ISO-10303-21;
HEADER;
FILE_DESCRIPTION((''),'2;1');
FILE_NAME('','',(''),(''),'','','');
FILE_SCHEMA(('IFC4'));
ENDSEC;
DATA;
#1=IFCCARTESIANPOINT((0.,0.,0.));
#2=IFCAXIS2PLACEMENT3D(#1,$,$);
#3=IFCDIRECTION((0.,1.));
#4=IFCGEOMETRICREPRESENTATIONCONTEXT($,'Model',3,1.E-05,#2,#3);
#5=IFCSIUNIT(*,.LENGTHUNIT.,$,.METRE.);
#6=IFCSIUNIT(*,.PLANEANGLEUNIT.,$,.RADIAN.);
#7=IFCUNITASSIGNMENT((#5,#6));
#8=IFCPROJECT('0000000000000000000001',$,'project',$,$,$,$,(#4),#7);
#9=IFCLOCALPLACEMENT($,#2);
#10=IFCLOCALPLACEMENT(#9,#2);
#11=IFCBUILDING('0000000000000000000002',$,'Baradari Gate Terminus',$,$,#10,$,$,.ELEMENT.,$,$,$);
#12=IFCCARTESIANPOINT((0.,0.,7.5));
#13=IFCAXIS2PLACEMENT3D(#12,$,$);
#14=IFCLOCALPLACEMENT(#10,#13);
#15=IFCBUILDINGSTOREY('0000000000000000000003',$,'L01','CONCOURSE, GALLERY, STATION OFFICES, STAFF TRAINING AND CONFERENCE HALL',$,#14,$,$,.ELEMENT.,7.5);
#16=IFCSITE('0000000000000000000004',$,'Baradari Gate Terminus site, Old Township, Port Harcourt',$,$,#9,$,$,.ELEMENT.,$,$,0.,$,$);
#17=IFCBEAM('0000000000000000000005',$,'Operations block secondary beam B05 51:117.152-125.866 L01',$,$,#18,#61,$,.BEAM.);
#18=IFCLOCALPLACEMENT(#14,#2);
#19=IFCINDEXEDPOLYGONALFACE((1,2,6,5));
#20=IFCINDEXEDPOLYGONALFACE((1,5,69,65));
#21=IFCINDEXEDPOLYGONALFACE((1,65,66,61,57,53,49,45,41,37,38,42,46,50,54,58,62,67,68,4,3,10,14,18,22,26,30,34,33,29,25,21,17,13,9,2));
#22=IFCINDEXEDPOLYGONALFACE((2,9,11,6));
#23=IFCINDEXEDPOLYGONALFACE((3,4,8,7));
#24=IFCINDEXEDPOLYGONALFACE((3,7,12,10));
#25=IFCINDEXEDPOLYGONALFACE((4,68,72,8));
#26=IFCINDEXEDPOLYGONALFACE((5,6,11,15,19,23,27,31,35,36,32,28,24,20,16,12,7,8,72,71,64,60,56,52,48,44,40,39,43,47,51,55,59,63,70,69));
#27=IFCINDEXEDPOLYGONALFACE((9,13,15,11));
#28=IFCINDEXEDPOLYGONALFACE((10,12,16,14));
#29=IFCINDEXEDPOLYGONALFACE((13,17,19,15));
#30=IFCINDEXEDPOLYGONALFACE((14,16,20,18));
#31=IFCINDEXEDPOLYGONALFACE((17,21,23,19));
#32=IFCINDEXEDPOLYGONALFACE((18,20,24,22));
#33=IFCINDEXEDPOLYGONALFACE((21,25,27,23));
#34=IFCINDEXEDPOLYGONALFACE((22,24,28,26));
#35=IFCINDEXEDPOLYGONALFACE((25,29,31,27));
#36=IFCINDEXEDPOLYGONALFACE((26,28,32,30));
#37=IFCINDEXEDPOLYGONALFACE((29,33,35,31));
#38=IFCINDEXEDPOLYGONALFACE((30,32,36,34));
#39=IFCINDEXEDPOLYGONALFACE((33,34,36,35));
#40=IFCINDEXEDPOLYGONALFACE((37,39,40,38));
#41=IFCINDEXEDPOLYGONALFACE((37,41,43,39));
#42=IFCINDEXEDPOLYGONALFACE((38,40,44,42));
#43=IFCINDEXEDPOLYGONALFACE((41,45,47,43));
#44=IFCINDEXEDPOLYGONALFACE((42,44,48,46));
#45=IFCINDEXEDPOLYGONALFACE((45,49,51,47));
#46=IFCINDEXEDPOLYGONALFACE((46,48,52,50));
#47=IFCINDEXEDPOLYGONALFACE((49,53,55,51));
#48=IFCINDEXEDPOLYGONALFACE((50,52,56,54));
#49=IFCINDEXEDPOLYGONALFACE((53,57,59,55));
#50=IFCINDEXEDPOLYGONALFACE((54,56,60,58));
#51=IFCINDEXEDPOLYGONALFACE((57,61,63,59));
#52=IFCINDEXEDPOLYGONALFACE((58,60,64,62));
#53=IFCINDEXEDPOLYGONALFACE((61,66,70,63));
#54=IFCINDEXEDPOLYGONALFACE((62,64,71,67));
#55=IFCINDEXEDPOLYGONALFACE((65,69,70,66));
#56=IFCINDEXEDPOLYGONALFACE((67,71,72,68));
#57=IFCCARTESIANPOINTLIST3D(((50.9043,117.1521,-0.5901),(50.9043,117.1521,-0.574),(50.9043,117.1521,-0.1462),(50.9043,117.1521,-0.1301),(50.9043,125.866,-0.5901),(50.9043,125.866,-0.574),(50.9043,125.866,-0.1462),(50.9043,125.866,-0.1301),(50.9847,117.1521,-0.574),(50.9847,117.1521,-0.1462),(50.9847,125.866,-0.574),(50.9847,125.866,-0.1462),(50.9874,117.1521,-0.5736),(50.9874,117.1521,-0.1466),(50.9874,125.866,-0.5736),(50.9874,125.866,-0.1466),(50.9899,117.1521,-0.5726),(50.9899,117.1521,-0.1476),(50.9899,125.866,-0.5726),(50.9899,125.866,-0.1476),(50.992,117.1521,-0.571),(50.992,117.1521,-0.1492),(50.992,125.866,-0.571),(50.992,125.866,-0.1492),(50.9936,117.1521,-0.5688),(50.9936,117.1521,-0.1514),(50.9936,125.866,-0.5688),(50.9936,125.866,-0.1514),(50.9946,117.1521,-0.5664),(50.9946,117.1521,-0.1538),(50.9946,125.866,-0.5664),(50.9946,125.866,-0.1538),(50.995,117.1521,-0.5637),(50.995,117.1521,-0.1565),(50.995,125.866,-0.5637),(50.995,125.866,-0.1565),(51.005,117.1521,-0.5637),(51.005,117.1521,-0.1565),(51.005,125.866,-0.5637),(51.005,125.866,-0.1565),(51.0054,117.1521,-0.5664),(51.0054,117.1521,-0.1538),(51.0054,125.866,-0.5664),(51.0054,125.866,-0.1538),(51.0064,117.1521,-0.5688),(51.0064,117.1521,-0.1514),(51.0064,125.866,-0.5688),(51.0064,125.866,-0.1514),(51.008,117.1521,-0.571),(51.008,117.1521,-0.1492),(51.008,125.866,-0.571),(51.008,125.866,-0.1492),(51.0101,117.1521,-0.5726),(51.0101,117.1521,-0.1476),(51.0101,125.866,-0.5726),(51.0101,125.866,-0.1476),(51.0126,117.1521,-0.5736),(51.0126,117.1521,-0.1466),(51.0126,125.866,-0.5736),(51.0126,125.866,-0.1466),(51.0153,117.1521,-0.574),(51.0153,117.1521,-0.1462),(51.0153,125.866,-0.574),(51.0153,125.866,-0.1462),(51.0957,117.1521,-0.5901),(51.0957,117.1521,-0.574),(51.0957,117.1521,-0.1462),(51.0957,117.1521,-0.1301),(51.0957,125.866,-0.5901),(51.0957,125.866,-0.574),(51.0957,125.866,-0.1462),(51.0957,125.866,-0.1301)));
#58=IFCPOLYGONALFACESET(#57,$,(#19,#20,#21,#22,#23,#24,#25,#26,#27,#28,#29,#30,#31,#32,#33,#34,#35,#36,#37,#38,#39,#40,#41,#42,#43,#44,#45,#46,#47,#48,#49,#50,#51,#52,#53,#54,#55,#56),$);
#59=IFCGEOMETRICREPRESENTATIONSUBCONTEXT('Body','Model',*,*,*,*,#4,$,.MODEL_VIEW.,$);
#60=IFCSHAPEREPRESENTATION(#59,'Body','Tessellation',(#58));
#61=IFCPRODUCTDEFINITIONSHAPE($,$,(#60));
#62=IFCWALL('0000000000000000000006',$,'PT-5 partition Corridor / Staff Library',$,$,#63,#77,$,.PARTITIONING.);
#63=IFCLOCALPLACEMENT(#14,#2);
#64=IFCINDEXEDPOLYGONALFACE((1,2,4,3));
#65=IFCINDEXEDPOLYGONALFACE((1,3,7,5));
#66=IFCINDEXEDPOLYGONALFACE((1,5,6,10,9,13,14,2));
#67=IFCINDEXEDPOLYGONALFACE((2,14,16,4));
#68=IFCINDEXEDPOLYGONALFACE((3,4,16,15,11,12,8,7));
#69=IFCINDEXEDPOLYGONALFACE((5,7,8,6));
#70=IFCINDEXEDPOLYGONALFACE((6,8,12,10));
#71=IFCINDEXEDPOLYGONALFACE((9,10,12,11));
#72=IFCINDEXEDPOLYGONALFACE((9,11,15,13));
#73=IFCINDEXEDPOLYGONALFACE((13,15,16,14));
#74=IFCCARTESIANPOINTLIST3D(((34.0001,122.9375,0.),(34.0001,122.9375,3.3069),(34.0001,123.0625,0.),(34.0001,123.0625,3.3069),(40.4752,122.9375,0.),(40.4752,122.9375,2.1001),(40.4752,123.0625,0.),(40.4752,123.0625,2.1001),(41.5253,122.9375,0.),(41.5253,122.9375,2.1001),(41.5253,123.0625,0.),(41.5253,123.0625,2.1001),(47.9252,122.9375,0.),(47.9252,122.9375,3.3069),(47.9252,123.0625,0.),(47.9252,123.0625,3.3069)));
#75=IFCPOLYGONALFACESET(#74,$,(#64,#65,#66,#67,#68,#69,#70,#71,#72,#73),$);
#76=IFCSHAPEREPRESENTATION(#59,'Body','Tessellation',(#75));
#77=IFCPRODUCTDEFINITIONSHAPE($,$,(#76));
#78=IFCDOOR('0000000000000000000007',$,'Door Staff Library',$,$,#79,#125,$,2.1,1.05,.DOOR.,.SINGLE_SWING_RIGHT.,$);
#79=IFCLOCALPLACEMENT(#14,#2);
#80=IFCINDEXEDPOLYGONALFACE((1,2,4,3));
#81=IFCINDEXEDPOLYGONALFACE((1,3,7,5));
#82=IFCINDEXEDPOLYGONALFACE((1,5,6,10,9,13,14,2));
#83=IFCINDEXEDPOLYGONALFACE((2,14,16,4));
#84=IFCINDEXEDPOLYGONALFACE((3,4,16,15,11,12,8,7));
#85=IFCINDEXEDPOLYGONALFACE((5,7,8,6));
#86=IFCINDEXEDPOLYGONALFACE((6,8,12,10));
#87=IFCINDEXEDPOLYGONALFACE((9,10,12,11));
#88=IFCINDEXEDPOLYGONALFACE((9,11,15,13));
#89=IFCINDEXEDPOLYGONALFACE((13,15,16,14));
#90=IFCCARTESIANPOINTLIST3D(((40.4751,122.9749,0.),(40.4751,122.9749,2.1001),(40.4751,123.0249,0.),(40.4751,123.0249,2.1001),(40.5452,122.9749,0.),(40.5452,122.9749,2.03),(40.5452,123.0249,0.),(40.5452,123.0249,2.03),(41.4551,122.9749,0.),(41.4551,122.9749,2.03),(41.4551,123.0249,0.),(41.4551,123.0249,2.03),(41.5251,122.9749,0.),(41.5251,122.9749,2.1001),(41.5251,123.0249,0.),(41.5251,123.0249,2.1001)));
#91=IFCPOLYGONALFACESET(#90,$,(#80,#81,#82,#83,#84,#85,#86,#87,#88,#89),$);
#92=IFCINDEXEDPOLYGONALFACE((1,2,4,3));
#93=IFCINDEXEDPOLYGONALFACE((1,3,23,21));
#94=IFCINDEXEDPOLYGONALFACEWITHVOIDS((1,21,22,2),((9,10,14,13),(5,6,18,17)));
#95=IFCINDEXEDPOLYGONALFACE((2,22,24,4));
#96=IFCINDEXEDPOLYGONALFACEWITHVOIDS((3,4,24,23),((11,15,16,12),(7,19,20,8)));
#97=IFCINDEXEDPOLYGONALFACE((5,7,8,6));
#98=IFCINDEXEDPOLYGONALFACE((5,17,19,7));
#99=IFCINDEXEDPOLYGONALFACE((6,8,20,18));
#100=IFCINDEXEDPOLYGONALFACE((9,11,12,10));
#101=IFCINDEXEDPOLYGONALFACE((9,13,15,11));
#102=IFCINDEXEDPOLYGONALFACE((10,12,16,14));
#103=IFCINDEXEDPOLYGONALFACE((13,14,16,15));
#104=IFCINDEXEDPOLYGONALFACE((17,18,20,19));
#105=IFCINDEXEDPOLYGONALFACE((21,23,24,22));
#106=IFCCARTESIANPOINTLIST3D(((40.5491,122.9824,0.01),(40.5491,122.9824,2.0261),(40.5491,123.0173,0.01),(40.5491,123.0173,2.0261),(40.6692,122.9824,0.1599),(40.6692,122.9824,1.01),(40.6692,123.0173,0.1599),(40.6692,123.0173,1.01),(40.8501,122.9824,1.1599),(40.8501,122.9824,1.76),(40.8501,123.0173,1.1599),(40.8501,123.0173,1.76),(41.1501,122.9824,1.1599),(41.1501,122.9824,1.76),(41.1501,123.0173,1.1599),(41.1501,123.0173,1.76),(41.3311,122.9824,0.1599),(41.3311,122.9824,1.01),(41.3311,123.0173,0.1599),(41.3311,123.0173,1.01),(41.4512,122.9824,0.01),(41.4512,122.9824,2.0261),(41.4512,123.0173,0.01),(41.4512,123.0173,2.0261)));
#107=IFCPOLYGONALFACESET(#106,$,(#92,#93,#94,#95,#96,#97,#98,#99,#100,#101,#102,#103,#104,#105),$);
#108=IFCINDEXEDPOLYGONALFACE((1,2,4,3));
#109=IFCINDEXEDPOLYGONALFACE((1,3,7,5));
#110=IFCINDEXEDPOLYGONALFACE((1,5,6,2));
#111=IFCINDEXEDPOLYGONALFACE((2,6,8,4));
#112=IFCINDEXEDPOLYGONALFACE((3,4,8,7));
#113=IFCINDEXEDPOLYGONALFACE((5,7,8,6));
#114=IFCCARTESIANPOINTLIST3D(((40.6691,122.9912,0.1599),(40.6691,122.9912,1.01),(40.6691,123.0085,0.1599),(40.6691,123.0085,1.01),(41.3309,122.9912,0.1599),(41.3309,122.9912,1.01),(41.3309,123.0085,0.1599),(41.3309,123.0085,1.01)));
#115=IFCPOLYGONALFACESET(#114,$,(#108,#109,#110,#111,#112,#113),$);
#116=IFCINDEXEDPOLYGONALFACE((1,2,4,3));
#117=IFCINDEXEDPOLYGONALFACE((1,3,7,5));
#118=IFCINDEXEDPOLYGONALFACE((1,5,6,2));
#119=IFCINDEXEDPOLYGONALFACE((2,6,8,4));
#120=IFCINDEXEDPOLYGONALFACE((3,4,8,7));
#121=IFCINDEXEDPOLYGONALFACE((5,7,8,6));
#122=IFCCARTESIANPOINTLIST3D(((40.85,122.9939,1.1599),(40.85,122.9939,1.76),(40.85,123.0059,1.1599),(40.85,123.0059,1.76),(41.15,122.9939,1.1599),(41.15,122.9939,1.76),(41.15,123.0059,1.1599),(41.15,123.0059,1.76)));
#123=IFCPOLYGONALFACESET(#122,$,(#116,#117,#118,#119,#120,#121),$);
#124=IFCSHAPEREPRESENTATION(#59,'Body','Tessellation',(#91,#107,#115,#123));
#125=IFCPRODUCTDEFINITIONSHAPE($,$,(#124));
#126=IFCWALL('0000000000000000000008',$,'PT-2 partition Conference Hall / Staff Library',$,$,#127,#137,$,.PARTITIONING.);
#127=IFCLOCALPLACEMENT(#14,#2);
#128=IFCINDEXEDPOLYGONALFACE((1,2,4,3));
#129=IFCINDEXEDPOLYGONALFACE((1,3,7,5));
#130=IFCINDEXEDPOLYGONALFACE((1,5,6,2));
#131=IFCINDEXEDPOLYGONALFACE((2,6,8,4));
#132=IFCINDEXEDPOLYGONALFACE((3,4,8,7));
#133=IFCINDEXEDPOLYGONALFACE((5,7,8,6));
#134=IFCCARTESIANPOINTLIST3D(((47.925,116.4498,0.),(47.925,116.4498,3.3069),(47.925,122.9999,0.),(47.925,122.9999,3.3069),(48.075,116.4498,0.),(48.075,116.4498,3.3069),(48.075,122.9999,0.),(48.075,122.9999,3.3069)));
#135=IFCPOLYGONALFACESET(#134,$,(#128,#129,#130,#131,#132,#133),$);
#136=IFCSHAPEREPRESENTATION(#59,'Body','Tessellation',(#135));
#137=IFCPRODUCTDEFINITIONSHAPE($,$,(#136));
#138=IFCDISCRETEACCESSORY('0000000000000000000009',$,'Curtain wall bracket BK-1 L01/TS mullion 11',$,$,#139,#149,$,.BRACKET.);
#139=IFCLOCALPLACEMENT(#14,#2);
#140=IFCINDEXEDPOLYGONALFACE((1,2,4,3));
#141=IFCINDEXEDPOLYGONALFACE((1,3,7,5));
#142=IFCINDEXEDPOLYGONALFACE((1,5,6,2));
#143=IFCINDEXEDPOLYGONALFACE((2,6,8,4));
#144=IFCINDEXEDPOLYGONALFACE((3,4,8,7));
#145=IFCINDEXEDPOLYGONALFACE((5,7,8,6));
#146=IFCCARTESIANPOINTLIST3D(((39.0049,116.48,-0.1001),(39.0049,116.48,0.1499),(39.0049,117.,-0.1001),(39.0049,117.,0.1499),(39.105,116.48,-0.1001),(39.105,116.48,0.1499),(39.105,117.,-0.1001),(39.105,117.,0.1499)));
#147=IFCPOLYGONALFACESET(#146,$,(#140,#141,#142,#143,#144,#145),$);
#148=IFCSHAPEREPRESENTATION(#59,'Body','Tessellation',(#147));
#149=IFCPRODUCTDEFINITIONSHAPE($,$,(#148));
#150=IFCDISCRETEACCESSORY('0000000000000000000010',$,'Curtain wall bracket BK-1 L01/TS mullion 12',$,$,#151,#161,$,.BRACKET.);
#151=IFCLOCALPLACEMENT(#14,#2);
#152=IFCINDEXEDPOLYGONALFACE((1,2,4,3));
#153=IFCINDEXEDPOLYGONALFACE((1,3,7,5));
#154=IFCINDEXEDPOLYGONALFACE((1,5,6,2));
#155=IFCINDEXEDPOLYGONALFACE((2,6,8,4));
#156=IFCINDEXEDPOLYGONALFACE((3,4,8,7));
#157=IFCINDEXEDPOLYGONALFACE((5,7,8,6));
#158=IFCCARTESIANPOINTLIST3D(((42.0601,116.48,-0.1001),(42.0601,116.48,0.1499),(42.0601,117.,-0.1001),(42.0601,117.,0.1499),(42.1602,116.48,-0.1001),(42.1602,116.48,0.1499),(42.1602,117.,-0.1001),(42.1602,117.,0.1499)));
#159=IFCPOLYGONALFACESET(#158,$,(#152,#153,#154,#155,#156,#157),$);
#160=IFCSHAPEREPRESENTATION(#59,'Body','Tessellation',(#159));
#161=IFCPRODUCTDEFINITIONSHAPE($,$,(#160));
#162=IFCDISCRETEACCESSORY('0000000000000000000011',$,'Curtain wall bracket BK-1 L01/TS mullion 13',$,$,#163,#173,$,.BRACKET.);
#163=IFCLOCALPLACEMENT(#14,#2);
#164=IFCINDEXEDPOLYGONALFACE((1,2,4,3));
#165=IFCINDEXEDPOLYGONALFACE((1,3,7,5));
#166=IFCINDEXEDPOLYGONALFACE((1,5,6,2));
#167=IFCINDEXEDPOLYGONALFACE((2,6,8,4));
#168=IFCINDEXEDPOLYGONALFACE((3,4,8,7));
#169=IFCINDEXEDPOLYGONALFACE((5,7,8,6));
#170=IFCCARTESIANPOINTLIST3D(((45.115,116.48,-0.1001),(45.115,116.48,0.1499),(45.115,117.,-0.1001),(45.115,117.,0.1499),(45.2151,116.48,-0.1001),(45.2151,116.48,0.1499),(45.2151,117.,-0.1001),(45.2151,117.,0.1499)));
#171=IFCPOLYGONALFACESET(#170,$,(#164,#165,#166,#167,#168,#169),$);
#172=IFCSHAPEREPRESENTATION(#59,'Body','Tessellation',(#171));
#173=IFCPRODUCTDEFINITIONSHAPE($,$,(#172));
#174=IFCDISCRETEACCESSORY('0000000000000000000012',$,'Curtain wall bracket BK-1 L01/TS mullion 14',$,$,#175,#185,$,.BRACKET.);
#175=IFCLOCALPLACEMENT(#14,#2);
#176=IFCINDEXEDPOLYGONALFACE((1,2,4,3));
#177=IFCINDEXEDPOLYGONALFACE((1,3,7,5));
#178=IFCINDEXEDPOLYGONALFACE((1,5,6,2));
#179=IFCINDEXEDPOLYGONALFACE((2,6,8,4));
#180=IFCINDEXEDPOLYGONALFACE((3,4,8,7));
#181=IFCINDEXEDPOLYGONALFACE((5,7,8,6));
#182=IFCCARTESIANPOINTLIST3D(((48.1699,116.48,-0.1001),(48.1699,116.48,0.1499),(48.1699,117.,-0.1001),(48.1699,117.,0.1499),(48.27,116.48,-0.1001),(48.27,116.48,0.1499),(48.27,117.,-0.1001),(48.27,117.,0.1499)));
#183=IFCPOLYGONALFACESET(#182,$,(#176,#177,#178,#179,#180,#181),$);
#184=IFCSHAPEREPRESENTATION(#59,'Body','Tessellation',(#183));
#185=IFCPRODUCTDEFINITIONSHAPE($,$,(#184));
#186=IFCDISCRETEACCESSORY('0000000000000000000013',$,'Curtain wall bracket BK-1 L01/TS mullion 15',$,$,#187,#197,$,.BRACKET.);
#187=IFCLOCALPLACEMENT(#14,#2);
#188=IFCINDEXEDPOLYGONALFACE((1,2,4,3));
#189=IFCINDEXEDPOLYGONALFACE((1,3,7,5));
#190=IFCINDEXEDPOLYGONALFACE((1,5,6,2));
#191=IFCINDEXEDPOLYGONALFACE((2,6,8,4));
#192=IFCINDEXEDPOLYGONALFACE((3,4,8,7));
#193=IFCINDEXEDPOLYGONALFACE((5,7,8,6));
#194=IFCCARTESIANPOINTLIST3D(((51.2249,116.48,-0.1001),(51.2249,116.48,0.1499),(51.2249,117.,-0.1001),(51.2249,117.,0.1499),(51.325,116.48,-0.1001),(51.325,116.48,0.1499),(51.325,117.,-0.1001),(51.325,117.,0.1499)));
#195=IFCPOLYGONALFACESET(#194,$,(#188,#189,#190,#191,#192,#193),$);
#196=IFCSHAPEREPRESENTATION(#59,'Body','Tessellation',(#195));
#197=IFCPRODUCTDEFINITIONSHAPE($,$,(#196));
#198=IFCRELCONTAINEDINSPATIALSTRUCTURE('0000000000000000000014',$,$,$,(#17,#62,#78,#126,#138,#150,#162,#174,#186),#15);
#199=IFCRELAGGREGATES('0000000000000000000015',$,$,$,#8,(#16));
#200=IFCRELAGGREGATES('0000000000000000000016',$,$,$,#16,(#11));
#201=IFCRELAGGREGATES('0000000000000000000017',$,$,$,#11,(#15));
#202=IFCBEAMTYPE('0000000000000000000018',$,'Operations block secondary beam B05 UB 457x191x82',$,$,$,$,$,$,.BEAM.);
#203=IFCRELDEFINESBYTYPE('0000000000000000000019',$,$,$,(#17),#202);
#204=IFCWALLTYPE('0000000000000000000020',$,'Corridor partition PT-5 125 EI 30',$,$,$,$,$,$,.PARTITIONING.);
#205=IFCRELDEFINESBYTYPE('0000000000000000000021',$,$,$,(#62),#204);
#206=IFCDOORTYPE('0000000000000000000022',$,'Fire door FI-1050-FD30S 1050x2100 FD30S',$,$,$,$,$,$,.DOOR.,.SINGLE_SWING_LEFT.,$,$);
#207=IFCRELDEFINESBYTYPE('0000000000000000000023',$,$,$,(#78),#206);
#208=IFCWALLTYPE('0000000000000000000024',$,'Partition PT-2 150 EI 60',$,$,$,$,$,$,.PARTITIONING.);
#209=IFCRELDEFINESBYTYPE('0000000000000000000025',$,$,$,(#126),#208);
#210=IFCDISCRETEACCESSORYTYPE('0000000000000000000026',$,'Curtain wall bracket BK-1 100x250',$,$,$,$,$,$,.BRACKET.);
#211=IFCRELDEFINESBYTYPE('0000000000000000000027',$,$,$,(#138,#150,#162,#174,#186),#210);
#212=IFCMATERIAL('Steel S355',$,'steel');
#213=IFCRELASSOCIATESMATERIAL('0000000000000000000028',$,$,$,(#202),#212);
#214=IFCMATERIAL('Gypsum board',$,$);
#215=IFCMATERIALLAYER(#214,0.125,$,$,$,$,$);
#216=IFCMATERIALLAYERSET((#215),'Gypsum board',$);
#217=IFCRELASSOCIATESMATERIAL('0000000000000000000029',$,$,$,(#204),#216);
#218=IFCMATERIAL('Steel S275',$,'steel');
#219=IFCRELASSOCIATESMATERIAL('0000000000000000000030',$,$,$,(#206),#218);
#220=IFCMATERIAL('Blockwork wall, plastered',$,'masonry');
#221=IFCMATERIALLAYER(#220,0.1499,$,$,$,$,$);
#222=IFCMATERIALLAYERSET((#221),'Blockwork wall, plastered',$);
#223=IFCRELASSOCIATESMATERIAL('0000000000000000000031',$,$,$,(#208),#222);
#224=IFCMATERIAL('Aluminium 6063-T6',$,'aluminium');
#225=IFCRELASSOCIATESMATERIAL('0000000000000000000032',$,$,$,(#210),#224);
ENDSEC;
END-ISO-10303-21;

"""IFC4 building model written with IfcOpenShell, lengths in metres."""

from ifc_helpers import new_model, si_unit, direction, frame, frame_2d, origin, origin_2d, place, context, subcontext, project, spatial, polyline, rectangle, i_section, outline, extrude, material, layer, layer_set, material_profile, profile_set, type_object, element, fill, save


model = new_model("IFC4")

# Units and contexts
model_context = context("Model", 3, precision=1e-05, world=origin(), true_north=direction((0.0, 1.0)))
body_context = subcontext(model_context, "Body", "Model", "MODEL_VIEW")
ifc_project = project(units=[si_unit("LENGTHUNIT", "METRE"), si_unit("PLANEANGLEUNIT", "RADIAN")], contexts=[model_context])

# Site, building, storey
site_placement = place(None, origin())
site = spatial("IfcSite", under=ifc_project, at=site_placement, Name="Baradari Gate Terminus site, Old Township, Port Harcourt", CompositionType="ELEMENT", RefElevation=0.0)
building_placement = place(site_placement, origin())
building = spatial("IfcBuilding", under=site, at=building_placement, Name="Baradari Gate Terminus", CompositionType="ELEMENT")
storey_placement = place(building_placement, frame((0.0, 0.0, 7.5)))
storey = spatial("IfcBuildingStorey", under=building, at=storey_placement, Name="L01", Description="CONCOURSE, GALLERY, STATION OFFICES, STAFF TRAINING AND CONFERENCE HALL", CompositionType="ELEMENT", Elevation=7.5)

# Beam
ifc_material_1 = material(Name="Steel S355", Category="steel")
ifc_material_profile_1 = material_profile(ifc_material_1, i_section(OverallWidth=0.1914, OverallDepth=0.46, WebThickness=0.01, FlangeThickness=0.0161, FilletRadius=0.0103, at=origin_2d()), Name="UB 457x191x82")
ifc_profile_set_1 = profile_set([ifc_material_profile_1], Name="Steel S355")
beam_type_1 = type_object("IfcBeamType", Name="Operations block secondary beam B05 UB 457x191x82", PredefinedType="BEAM", material=ifc_profile_set_1)
for number, where, z_axis, x_axis, name in (
    (1, (51.0, 117.1521, -0.3601), (0.0, 1.0, 0.0), (-1.0, 0.0, 0.0), "Operations block secondary beam B05 51:117.152-125.866 L01"),
):
    element("IfcBeam", number, at=place(storey_placement, frame(where, z_axis=z_axis, x_axis=x_axis)), inside=storey, type_object=beam_type_1, Name=name, PredefinedType="BEAM", context=body_context, shape_type="SweptSolid", body=[
        extrude(i_section(OverallWidth=0.1914, OverallDepth=0.46, WebThickness=0.01, FlangeThickness=0.0161, FilletRadius=0.0103, at=origin_2d()), origin(), (0.0, 0.0, 1.0), 8.7139),
    ])

# Wall, opening, door
ifc_material_2 = material(Name="Gypsum board")
ifc_layer_1 = layer(ifc_material_2, 0.125)
ifc_layer_set_1 = layer_set([ifc_layer_1], Name="Gypsum board")
wall_type_1 = type_object("IfcWallType", Name="Corridor partition PT-5 125 EI 30", PredefinedType="PARTITIONING", material=ifc_layer_set_1)
wall_1_placement = place(storey_placement, frame((47.925, 123.0, 0.0), z_axis=(0.0, 0.0, 1.0), x_axis=(-1.0, 0.0, 0.0)))
wall_1 = element("IfcWall", 2, at=wall_1_placement, inside=storey, type_object=wall_type_1, Name="PT-5 partition Corridor / Staff Library", PredefinedType="PARTITIONING", context=body_context, shape_type="SweptSolid", body=[
    extrude(rectangle(XDim=13.925, YDim=0.125, at=frame_2d((6.9624, 0.0))), origin(), (0.0, 0.0, 1.0), 3.3069),
])
opening_placement = place(wall_1_placement, frame((6.3999, 0.0, 0.0)))
opening = element("IfcOpeningElement", 3, at=opening_placement, cuts=wall_1, PredefinedType="OPENING", context=body_context, shape_type="SweptSolid", body=[
    extrude(rectangle(XDim=1.05, YDim=2.1001, at=frame_2d((0.5249, 1.05))), frame((0.0, 0.0725, 0.0), z_axis=(0.0, -1.0, 0.0), x_axis=(1.0, 0.0, 0.0)), (0.0, 0.0, 1.0), 0.145),
])
ifc_material_3 = material(Name="Steel S275", Category="steel")
door_type = type_object("IfcDoorType", Name="Fire door FI-1050-FD30S 1050x2100 FD30S", OperationType="SINGLE_SWING_LEFT", PredefinedType="DOOR", material=ifc_material_3)
door_placement = place(opening_placement, frame((1.05, 0.0, 0.0), z_axis=(0.0, 0.0, 1.0), x_axis=(-1.0, 0.0, 0.0)))
door = element("IfcDoor", 4, at=door_placement, inside=storey, type_object=door_type, Name="Door Staff Library", OperationType="SINGLE_SWING_RIGHT", OverallHeight=2.1, OverallWidth=1.05, PredefinedType="DOOR", context=body_context, shape_type="SweptSolid", body=[
    extrude(outline(polyline([(0.0, 0.0), (0.0701, 0.0), (0.0701, 2.03), (0.98, 2.03), (0.98, 0.0), (1.05, 0.0), (1.05, 2.1001), (0.0, 2.1001), (0.0, 0.0)])), frame((0.0, 0.0249, 0.0), z_axis=(0.0, -1.0, 0.0), x_axis=(1.0, 0.0, 0.0)), (0.0, 0.0, 1.0), 0.05),
    extrude(outline(polyline([(0.074, 0.01), (0.9761, 0.01), (0.9761, 2.0261), (0.074, 2.0261), (0.074, 0.01)]), holes=[polyline([(0.1941, 0.1599), (0.856, 0.1599), (0.856, 1.01), (0.1941, 1.01), (0.1941, 0.1599)]), polyline([(0.375, 1.1599), (0.675, 1.1599), (0.675, 1.76), (0.375, 1.76), (0.375, 1.1599)])]), frame((0.0, 0.0173, 0.0), z_axis=(0.0, -1.0, 0.0), x_axis=(1.0, 0.0, 0.0)), (0.0, 0.0, 1.0), 0.0349),
    extrude(rectangle(XDim=0.6619, YDim=0.8501, at=frame_2d((0.5249, 0.585))), frame((0.0, 0.0085, 0.0), z_axis=(0.0, -1.0, 0.0), x_axis=(1.0, 0.0, 0.0)), (0.0, 0.0, 1.0), 0.0173),
    extrude(rectangle(XDim=0.3, YDim=0.6001, at=frame_2d((0.5249, 1.46))), frame((0.0, 0.0059, 0.0), z_axis=(0.0, -1.0, 0.0), x_axis=(1.0, 0.0, 0.0)), (0.0, 0.0, 1.0), 0.012),
])
fill(opening, door)

# Wall
ifc_material_4 = material(Name="Blockwork wall, plastered", Category="masonry")
ifc_layer_2 = layer(ifc_material_4, 0.1499)
ifc_layer_set_2 = layer_set([ifc_layer_2], Name="Blockwork wall, plastered")
wall_type_2 = type_object("IfcWallType", Name="Partition PT-2 150 EI 60", PredefinedType="PARTITIONING", material=ifc_layer_set_2)
wall_2_placement = place(storey_placement, frame((48.0, 116.45, 0.0), z_axis=(0.0, 0.0, 1.0), x_axis=(0.0, 1.0, 0.0)))
element("IfcWall", 5, at=wall_2_placement, inside=storey, type_object=wall_type_2, Name="PT-2 partition Conference Hall / Staff Library", PredefinedType="PARTITIONING", context=body_context, shape_type="SweptSolid", body=[
    extrude(rectangle(XDim=6.55, YDim=0.1499, at=frame_2d((3.2749, 0.0))), origin(), (0.0, 0.0, 1.0), 3.3069),
])

# Discrete accessories
ifc_material_5 = material(Name="Aluminium 6063-T6", Category="aluminium")
discrete_accessory_type = type_object("IfcDiscreteAccessoryType", Name="Curtain wall bracket BK-1 100x250", PredefinedType="BRACKET", material=ifc_material_5)
for number, where, z_axis, x_axis, name in (
    (6, (39.0549, 116.74, -0.1001), (0.0, 0.0, 1.0), (0.0, -1.0, 0.0), "Curtain wall bracket BK-1 L01/TS mullion 11"),
    (7, (42.1101, 116.74, -0.1001), (0.0, 0.0, 1.0), (0.0, -1.0, 0.0), "Curtain wall bracket BK-1 L01/TS mullion 12"),
    (8, (45.165, 116.74, -0.1001), (0.0, 0.0, 1.0), (0.0, -1.0, 0.0), "Curtain wall bracket BK-1 L01/TS mullion 13"),
    (9, (48.22, 116.74, -0.1001), (0.0, 0.0, 1.0), (0.0, -1.0, 0.0), "Curtain wall bracket BK-1 L01/TS mullion 14"),
    (10, (51.2749, 116.74, -0.1001), (0.0, 0.0, 1.0), (0.0, -1.0, 0.0), "Curtain wall bracket BK-1 L01/TS mullion 15"),
):
    element("IfcDiscreteAccessory", number, at=place(storey_placement, frame(where, z_axis=z_axis, x_axis=x_axis)), inside=storey, type_object=discrete_accessory_type, Name=name, PredefinedType="BRACKET", context=body_context, shape_type="SweptSolid", body=[
        extrude(rectangle(XDim=0.52, YDim=0.1001, at=origin_2d()), origin(), (0.0, 0.0, 1.0), 0.25),
    ])

save(model, "model.ifc")
